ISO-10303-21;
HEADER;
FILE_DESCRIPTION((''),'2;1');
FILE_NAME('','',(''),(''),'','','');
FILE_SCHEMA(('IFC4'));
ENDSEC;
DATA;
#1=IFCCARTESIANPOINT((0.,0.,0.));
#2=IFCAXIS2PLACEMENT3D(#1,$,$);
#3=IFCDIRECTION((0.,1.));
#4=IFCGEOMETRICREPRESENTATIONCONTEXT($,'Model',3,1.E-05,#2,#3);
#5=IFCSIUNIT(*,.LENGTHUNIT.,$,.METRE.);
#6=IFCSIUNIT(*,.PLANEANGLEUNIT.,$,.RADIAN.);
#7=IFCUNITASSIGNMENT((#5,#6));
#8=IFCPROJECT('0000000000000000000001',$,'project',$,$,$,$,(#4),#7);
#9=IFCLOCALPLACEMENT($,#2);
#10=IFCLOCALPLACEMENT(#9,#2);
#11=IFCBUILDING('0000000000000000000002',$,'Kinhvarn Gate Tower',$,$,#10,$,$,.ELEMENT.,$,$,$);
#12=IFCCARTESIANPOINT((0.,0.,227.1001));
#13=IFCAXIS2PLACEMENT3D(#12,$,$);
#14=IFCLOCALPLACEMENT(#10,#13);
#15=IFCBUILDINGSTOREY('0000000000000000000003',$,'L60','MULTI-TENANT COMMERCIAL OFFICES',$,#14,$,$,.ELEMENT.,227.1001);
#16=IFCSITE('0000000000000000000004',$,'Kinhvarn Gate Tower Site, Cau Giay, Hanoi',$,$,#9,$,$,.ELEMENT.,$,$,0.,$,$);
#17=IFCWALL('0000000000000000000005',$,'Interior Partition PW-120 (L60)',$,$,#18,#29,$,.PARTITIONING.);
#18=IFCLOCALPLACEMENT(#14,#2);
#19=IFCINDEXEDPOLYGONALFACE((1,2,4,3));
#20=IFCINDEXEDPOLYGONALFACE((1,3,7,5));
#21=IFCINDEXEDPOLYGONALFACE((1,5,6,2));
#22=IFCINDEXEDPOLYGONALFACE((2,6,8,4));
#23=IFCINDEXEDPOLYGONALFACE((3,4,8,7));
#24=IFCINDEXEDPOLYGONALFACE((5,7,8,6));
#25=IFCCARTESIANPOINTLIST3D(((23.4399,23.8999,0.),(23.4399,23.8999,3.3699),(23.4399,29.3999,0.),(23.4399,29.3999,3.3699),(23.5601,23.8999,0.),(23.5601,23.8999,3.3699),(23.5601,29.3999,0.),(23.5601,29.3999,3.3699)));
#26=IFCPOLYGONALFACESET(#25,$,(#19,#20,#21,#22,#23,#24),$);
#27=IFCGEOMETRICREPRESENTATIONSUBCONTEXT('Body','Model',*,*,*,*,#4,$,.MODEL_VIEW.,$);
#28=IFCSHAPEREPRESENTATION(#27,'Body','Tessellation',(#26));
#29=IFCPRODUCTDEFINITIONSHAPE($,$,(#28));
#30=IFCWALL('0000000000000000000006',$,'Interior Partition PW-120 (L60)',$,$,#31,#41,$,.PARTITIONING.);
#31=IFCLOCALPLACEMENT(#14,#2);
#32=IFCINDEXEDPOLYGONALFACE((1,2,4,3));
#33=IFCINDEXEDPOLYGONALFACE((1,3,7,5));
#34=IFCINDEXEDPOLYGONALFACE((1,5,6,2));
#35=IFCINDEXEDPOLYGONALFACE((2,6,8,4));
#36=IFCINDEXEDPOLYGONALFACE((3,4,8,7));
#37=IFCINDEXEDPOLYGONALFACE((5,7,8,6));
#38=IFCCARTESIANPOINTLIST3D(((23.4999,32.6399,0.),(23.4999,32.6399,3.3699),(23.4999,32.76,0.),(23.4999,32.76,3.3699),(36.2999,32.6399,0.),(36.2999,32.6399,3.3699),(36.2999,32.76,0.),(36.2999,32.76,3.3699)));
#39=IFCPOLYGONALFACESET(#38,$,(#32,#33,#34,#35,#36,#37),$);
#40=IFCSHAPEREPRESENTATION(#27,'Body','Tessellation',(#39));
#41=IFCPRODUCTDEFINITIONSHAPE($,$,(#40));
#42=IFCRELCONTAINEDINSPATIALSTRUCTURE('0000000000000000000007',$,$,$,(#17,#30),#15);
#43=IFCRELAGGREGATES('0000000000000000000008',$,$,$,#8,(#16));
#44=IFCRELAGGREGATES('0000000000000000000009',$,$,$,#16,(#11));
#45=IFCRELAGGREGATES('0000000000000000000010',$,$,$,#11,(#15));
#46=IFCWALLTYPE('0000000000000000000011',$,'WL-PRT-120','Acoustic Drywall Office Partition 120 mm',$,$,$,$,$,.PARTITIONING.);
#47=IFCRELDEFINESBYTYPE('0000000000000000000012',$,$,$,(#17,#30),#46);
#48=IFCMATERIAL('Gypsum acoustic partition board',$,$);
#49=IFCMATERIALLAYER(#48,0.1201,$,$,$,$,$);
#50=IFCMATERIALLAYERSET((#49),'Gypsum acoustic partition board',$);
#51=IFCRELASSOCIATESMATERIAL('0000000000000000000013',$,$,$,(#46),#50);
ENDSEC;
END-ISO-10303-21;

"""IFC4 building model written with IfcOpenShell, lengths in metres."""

from ifc_helpers import new_model, si_unit, direction, frame, frame_2d, origin, place, context, subcontext, project, spatial, rectangle, extrude, material, layer, layer_set, type_object, element, save


model = new_model("IFC4")

# Units and contexts
model_context = context("Model", 3, precision=1e-05, world=origin(), true_north=direction((0.0, 1.0)))
body_context = subcontext(model_context, "Body", "Model", "MODEL_VIEW")
ifc_project = project(units=[si_unit("LENGTHUNIT", "METRE"), si_unit("PLANEANGLEUNIT", "RADIAN")], contexts=[model_context])

# Site, building, storey
site_placement = place(None, origin())
site = spatial("IfcSite", under=ifc_project, at=site_placement, Name="Kinhvarn Gate Tower Site, Cau Giay, Hanoi", CompositionType="ELEMENT", RefElevation=0.0)
building_placement = place(site_placement, origin())
building = spatial("IfcBuilding", under=site, at=building_placement, Name="Kinhvarn Gate Tower", CompositionType="ELEMENT")
storey_placement = place(building_placement, frame((0.0, 0.0, 227.1001)))
storey = spatial("IfcBuildingStorey", under=building, at=storey_placement, Name="L60", Description="MULTI-TENANT COMMERCIAL OFFICES", CompositionType="ELEMENT", Elevation=227.1001)

# Walls
ifc_material_1 = material(Name="Gypsum acoustic partition board")
ifc_layer_1 = layer(ifc_material_1, 0.1201)
ifc_layer_set_1 = layer_set([ifc_layer_1], Name="Gypsum acoustic partition board")
wall_type_1 = type_object("IfcWallType", Name="WL-PRT-120", Description="Acoustic Drywall Office Partition 120 mm", PredefinedType="PARTITIONING", material=ifc_layer_set_1)
wall_1_placement = place(storey_placement, frame((23.5, 23.8999, 0.0), z_axis=(0.0, 0.0, 1.0), x_axis=(0.0, 1.0, 0.0)))
element("IfcWall", 1, at=wall_1_placement, inside=storey, type_object=wall_type_1, Name="Interior Partition PW-120 (L60)", PredefinedType="PARTITIONING", context=body_context, shape_type="SweptSolid", body=[
    extrude(rectangle(XDim=5.5, YDim=0.1201, at=frame_2d((2.75, 0.0))), origin(), (0.0, 0.0, 1.0), 3.3699),
])
wall_2_placement = place(storey_placement, frame((23.5, 32.7, 0.0), z_axis=(0.0, 0.0, 1.0), x_axis=(1.0, 0.0, 0.0)))
element("IfcWall", 2, at=wall_2_placement, inside=storey, type_object=wall_type_1, Name="Interior Partition PW-120 (L60)", PredefinedType="PARTITIONING", context=body_context, shape_type="SweptSolid", body=[
    extrude(rectangle(XDim=12.8, YDim=0.1201, at=frame_2d((6.3999, 0.0))), origin(), (0.0, 0.0, 1.0), 3.3699),
])

save(model, "model.ifc")
